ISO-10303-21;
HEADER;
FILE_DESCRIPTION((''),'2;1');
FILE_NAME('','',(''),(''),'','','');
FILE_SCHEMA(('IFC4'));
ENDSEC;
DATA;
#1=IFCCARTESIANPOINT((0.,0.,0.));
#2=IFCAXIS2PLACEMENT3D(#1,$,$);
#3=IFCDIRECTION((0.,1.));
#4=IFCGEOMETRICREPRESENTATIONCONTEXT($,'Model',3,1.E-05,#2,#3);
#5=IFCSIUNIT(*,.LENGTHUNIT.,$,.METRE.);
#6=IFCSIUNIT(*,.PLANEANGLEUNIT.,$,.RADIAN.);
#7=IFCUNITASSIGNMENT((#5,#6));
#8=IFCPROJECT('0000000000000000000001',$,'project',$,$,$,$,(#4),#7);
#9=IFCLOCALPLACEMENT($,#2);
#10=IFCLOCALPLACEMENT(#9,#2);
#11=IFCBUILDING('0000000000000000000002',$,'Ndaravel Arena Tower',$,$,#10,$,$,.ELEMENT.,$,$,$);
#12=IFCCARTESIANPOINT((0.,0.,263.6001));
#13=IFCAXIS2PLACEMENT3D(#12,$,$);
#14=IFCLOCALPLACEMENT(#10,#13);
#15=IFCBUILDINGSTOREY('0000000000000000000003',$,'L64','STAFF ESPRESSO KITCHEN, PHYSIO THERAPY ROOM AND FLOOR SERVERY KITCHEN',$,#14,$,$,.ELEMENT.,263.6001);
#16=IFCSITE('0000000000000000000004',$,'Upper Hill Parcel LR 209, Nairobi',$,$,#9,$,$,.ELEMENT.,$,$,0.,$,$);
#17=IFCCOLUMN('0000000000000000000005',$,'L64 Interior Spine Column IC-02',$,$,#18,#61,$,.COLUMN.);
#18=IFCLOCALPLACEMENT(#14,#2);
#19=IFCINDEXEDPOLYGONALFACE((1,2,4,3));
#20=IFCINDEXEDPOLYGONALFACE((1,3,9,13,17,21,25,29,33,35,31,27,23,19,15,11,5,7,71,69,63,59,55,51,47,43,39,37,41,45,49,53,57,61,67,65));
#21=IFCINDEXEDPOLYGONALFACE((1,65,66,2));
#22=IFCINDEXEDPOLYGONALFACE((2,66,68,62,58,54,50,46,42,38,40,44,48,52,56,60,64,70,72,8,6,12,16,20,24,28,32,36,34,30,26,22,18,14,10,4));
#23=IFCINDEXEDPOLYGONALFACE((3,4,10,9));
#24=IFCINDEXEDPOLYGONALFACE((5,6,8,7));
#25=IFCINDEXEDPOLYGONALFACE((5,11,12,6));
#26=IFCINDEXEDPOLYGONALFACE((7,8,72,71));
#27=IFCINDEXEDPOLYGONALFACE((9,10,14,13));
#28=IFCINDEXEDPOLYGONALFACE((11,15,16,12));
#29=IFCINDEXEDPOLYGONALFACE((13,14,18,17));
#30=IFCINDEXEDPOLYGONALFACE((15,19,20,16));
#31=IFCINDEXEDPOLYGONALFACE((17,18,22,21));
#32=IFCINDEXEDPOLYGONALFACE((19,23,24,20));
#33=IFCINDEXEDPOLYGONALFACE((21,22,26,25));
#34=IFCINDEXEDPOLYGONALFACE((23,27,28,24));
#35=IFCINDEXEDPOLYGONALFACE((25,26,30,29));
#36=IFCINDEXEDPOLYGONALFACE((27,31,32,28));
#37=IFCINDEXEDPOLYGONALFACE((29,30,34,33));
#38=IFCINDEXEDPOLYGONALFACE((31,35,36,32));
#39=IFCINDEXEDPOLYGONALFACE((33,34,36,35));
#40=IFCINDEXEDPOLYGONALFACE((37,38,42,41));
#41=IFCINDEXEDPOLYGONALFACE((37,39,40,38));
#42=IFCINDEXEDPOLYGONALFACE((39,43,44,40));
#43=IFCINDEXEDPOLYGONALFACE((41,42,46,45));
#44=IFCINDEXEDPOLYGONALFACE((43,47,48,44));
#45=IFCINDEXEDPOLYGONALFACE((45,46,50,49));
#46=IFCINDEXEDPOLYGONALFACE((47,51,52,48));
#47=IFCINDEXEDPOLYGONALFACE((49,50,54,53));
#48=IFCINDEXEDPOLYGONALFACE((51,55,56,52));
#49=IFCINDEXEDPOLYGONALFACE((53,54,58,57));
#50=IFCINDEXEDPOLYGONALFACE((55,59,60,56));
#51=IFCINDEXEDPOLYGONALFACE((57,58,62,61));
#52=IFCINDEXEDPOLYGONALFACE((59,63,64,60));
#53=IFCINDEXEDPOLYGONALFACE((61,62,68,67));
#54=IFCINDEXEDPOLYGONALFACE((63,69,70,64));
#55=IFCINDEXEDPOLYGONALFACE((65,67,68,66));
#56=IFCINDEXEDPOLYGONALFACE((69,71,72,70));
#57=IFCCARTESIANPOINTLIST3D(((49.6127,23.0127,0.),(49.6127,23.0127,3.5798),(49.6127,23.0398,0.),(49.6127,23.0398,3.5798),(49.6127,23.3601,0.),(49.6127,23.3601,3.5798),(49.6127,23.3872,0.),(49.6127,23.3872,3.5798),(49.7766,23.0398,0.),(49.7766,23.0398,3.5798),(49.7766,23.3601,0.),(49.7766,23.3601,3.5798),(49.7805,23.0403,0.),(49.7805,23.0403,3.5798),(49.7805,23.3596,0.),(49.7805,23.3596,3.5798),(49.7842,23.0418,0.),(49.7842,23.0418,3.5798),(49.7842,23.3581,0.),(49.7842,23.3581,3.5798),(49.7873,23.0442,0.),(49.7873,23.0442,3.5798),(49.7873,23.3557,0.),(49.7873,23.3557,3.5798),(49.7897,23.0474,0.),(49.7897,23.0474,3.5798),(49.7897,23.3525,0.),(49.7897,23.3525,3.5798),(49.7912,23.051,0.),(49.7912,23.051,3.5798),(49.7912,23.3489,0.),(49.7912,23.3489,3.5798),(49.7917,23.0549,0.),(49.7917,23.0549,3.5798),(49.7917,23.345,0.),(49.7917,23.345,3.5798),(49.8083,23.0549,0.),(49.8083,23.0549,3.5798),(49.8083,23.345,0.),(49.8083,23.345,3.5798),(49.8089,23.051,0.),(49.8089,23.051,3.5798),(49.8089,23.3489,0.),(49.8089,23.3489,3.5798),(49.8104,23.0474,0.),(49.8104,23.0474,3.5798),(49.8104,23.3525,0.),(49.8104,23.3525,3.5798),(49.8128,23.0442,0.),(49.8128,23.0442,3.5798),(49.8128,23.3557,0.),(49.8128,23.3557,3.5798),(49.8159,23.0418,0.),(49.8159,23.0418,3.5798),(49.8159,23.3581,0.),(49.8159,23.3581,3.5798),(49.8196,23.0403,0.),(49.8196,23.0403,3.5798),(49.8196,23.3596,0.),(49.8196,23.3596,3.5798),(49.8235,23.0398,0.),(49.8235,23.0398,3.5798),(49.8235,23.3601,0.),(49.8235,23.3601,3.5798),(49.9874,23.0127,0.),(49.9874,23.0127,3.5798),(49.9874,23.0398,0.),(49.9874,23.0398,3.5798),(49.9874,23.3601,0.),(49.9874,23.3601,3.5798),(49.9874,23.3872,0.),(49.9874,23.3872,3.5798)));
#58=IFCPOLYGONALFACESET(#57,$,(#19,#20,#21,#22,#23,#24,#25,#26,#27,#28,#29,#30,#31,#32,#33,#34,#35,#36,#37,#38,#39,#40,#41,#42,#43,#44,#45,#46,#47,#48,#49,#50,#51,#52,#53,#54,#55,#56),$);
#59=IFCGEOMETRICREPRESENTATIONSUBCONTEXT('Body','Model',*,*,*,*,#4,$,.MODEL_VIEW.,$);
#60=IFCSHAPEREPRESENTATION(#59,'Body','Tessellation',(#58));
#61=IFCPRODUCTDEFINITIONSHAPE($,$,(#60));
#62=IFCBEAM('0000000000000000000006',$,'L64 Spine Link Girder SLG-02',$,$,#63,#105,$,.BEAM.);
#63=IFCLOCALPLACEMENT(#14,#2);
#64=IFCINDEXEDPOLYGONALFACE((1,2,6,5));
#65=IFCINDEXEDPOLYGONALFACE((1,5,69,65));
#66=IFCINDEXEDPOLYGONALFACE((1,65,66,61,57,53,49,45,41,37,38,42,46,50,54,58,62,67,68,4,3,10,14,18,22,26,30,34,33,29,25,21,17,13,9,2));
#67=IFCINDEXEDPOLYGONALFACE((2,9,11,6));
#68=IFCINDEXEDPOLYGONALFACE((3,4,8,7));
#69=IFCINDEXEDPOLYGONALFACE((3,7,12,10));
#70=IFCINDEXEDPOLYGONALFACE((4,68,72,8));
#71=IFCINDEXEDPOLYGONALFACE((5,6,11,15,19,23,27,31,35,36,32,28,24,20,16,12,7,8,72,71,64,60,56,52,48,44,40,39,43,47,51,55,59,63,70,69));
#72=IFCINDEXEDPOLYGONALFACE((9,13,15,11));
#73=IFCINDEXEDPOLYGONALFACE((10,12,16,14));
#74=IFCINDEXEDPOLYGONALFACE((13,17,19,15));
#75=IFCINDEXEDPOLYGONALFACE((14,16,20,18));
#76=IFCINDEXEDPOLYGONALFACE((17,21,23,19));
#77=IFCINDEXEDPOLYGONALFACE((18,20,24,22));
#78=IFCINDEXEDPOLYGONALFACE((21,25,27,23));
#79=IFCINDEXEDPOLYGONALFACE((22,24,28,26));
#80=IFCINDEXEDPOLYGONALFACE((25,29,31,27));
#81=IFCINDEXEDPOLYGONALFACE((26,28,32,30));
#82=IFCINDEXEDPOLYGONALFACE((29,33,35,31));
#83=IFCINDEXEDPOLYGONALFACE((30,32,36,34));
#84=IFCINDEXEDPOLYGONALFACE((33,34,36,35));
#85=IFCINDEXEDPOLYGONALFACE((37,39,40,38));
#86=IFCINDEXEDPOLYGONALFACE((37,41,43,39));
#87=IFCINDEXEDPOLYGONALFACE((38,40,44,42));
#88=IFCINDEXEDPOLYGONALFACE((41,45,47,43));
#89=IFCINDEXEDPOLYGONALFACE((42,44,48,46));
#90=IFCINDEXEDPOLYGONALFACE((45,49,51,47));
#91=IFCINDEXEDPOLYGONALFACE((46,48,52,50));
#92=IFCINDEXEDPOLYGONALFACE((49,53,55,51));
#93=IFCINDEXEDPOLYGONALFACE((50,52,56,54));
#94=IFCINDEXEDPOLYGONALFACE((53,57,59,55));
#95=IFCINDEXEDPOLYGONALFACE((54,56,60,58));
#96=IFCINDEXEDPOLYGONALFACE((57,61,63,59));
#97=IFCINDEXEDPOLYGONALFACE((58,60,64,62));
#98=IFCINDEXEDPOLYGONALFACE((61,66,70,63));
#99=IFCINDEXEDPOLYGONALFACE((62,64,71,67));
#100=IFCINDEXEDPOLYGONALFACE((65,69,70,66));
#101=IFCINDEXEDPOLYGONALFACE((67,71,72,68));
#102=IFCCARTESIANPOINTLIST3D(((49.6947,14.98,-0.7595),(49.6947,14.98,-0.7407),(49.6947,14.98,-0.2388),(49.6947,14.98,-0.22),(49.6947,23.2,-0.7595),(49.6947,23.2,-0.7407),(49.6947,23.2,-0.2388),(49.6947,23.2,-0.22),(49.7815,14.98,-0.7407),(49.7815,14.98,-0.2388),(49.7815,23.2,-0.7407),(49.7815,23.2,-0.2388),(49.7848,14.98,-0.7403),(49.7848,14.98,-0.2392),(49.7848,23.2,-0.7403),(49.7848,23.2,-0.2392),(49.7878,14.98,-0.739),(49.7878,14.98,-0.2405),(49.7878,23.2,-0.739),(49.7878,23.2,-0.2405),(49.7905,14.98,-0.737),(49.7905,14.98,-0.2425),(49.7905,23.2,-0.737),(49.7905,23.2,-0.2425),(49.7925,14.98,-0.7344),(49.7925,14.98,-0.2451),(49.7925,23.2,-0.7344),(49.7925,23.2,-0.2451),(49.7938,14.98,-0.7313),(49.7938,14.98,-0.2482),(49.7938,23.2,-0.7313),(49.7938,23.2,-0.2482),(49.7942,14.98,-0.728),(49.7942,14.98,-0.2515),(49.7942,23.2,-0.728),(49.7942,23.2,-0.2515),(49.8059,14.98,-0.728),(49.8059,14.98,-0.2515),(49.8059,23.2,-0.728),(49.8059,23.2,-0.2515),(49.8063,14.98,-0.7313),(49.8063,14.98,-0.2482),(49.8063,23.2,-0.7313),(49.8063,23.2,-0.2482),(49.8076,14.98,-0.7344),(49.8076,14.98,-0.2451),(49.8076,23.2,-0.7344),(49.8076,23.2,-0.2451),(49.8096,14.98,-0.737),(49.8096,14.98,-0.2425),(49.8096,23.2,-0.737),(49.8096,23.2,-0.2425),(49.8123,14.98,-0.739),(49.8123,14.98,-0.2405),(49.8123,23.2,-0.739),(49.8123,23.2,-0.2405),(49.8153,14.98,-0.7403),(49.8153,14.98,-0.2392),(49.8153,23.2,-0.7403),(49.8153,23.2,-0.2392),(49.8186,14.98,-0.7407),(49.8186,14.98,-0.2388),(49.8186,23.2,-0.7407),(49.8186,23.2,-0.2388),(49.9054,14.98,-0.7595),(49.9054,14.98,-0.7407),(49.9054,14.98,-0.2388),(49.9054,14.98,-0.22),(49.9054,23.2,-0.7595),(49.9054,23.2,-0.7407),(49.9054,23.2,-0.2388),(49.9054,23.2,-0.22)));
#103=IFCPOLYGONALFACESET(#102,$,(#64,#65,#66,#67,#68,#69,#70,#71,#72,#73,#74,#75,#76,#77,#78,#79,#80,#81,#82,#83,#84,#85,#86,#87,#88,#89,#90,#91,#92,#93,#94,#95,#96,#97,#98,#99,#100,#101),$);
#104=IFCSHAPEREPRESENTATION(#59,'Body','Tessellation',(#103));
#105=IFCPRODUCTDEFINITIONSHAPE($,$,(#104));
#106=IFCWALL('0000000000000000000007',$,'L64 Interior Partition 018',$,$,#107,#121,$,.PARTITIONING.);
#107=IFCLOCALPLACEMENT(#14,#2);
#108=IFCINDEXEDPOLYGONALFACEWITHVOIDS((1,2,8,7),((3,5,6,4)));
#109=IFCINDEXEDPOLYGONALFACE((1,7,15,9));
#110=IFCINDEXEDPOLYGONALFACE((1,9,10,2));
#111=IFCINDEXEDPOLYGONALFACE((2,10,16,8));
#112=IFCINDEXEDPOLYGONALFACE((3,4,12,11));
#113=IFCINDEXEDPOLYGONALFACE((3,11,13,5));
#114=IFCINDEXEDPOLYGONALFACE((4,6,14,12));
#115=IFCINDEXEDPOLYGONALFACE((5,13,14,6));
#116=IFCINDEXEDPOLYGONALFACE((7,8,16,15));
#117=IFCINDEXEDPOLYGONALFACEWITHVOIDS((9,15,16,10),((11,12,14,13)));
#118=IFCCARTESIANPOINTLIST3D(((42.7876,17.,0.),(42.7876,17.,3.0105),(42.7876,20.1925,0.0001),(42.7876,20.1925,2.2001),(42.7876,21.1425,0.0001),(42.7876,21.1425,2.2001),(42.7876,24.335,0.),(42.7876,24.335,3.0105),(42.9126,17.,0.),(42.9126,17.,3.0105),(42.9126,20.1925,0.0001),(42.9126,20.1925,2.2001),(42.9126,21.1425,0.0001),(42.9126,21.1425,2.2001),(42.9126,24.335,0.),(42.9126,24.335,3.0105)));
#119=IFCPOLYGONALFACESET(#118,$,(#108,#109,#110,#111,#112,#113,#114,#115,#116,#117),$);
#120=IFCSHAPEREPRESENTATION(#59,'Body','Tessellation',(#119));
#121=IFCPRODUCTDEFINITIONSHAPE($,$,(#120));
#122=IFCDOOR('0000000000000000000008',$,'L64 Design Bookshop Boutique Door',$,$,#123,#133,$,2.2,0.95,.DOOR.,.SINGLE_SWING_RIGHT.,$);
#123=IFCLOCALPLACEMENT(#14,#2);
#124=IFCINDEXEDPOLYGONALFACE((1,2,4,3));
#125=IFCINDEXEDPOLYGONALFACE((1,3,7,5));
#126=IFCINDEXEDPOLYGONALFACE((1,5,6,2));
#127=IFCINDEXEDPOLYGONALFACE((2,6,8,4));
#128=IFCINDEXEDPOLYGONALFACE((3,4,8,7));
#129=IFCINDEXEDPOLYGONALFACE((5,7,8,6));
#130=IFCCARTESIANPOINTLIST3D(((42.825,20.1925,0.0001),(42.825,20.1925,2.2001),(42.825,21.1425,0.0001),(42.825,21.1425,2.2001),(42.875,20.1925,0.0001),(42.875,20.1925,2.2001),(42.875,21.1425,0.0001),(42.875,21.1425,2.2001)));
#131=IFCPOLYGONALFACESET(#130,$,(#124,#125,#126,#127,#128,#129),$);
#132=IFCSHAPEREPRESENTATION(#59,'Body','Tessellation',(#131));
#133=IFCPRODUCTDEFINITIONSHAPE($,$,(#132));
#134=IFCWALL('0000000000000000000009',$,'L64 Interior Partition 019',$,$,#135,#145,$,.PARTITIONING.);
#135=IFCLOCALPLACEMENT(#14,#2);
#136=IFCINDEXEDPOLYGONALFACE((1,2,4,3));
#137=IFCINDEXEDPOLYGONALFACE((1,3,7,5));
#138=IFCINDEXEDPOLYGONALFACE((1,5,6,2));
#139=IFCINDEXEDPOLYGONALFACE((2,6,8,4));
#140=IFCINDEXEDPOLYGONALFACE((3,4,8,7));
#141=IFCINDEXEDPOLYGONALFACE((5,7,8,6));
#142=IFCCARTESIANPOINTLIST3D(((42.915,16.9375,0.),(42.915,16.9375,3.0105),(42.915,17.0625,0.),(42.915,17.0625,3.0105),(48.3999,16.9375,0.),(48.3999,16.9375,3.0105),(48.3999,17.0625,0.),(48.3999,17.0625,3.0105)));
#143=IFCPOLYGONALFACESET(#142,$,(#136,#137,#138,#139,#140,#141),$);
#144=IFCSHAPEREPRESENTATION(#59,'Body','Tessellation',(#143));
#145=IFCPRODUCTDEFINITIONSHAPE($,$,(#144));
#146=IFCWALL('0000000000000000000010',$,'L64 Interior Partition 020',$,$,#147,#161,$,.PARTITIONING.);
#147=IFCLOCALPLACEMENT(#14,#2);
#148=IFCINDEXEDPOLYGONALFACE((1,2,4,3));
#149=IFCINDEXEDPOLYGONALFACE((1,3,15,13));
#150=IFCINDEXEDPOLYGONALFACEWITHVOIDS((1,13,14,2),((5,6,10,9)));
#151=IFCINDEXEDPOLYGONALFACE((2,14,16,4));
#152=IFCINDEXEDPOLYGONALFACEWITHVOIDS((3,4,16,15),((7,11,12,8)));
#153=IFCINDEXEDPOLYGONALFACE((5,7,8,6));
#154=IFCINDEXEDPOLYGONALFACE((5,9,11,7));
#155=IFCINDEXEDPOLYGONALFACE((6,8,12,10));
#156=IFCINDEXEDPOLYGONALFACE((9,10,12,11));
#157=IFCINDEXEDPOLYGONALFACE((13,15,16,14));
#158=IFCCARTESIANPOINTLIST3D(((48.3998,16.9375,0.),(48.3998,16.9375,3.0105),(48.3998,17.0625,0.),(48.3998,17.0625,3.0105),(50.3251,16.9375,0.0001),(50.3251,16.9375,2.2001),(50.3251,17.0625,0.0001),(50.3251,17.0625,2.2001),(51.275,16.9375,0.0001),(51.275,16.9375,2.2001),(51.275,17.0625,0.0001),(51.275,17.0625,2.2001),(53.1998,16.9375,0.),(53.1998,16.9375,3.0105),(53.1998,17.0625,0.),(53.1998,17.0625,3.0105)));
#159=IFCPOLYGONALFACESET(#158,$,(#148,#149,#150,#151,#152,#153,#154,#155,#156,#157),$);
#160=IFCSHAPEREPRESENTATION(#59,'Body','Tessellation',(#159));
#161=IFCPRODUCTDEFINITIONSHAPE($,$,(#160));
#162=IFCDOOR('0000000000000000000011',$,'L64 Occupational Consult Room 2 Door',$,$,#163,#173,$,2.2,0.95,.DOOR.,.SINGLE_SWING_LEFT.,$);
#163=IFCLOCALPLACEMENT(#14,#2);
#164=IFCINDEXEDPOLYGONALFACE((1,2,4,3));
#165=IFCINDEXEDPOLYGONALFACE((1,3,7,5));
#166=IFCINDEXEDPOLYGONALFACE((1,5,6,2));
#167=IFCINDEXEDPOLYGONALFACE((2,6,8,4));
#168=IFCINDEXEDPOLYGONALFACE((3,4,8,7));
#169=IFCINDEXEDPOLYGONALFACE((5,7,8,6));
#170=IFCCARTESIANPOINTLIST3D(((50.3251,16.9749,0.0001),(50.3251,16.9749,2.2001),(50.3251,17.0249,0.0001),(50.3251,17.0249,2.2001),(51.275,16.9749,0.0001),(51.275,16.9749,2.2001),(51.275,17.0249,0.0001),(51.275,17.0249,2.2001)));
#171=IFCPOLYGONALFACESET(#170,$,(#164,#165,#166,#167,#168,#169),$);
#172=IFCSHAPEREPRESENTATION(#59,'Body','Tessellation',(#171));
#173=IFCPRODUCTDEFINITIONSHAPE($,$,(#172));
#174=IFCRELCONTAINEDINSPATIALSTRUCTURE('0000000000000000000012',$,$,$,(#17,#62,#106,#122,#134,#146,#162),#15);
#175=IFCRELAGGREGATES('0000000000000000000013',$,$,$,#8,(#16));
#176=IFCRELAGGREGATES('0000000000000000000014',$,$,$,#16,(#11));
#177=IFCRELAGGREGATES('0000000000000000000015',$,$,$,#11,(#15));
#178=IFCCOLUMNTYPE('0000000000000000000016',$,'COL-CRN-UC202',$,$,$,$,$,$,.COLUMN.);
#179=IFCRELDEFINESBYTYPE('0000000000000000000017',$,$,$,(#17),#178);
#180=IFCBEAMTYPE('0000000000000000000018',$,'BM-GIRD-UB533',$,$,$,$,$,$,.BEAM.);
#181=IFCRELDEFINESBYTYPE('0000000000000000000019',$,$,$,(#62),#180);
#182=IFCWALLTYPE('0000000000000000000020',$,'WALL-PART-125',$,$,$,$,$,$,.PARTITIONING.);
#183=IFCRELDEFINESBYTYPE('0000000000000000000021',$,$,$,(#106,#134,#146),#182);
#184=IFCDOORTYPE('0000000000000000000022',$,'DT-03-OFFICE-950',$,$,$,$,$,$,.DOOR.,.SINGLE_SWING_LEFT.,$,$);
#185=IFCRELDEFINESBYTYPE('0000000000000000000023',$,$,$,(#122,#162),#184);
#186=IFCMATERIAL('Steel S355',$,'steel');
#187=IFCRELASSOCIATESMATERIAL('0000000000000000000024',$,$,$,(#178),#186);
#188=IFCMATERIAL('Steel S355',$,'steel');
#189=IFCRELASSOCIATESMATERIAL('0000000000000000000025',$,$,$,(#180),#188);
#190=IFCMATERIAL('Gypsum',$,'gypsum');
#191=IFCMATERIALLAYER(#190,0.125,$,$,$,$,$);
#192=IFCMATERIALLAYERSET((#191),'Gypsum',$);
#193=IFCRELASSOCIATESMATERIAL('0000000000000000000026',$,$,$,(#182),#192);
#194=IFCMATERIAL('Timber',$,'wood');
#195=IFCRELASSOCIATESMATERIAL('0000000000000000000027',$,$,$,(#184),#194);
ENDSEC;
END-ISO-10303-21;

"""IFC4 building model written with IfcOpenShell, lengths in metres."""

from ifc_helpers import new_model, si_unit, direction, frame, frame_2d, origin, origin_2d, place, context, subcontext, project, spatial, rectangle, i_section, extrude, material, layer, layer_set, material_profile, profile_set, type_object, element, fill, save


model = new_model("IFC4")

# Units and contexts
model_context = context("Model", 3, precision=1e-05, world=origin(), true_north=direction((0.0, 1.0)))
body_context = subcontext(model_context, "Body", "Model", "MODEL_VIEW")
ifc_project = project(units=[si_unit("LENGTHUNIT", "METRE"), si_unit("PLANEANGLEUNIT", "RADIAN")], contexts=[model_context])

# Site, building, storey
site_placement = place(None, origin())
site = spatial("IfcSite", under=ifc_project, at=site_placement, Name="Upper Hill Parcel LR 209, Nairobi", CompositionType="ELEMENT", RefElevation=0.0)
building_placement = place(site_placement, origin())
building = spatial("IfcBuilding", under=site, at=building_placement, Name="Ndaravel Arena Tower", CompositionType="ELEMENT")
storey_placement = place(building_placement, frame((0.0, 0.0, 263.6001)))
storey = spatial("IfcBuildingStorey", under=building, at=storey_placement, Name="L64", Description="STAFF ESPRESSO KITCHEN, PHYSIO THERAPY ROOM AND FLOOR SERVERY KITCHEN", CompositionType="ELEMENT", Elevation=263.6001)

# Column
ifc_material_1 = material(Name="Steel S355", Category="steel")
ifc_material_profile_1 = material_profile(ifc_material_1, i_section(OverallWidth=0.3748, OverallDepth=0.3745, WebThickness=0.0166, FlangeThickness=0.0271, FilletRadius=0.0151, at=origin_2d()), Name="UC 356x368x202")
ifc_profile_set_1 = profile_set([ifc_material_profile_1], Name="Steel S355")
column_type = type_object("IfcColumnType", Name="COL-CRN-UC202", PredefinedType="COLUMN", material=ifc_profile_set_1)
column_placement = place(storey_placement, frame((49.8, 23.2, 0.0), z_axis=(0.0, 0.0, 1.0), x_axis=(1.0, 0.0, 0.0)))
element("IfcColumn", 1, at=column_placement, inside=storey, type_object=column_type, Name="L64 Interior Spine Column IC-02", PredefinedType="COLUMN", context=body_context, shape_type="SweptSolid", body=[
    extrude(i_section(OverallWidth=0.3748, OverallDepth=0.3745, WebThickness=0.0166, FlangeThickness=0.0271, FilletRadius=0.0151, at=origin_2d()), origin(), (0.0, 0.0, 1.0), 3.5798),
])

# Beam
ifc_material_2 = material(Name="Steel S355", Category="steel")
ifc_material_profile_2 = material_profile(ifc_material_2, i_section(OverallWidth=0.2107, OverallDepth=0.5396, WebThickness=0.0117, FlangeThickness=0.0188, FilletRadius=0.0127, at=origin_2d()), Name="UB 533x210x109")
ifc_profile_set_2 = profile_set([ifc_material_profile_2], Name="Steel S355")
beam_type = type_object("IfcBeamType", Name="BM-GIRD-UB533", PredefinedType="BEAM", material=ifc_profile_set_2)
beam_placement = place(storey_placement, frame((49.8, 14.98, -0.4897), z_axis=(0.0, 1.0, 0.0), x_axis=(-1.0, 0.0, 0.0)))
element("IfcBeam", 2, at=beam_placement, inside=storey, type_object=beam_type, Name="L64 Spine Link Girder SLG-02", PredefinedType="BEAM", context=body_context, shape_type="SweptSolid", body=[
    extrude(i_section(OverallWidth=0.2107, OverallDepth=0.5396, WebThickness=0.0117, FlangeThickness=0.0188, FilletRadius=0.0127, at=origin_2d()), origin(), (0.0, 0.0, 1.0), 8.22),
])

# Wall, opening, door
ifc_material_3 = material(Name="Gypsum", Category="gypsum")
ifc_layer_1 = layer(ifc_material_3, 0.125)
ifc_layer_set_1 = layer_set([ifc_layer_1], Name="Gypsum")
wall_type_1 = type_object("IfcWallType", Name="WALL-PART-125", PredefinedType="PARTITIONING", material=ifc_layer_set_1)
wall_1_placement = place(storey_placement, frame((42.8501, 24.335, 0.0), z_axis=(0.0, 0.0, 1.0), x_axis=(0.0, -1.0, 0.0)))
wall_1 = element("IfcWall", 3, at=wall_1_placement, inside=storey, type_object=wall_type_1, Name="L64 Interior Partition 018", PredefinedType="PARTITIONING", context=body_context, shape_type="SweptSolid", body=[
    extrude(rectangle(XDim=7.335, YDim=0.125, at=frame_2d((3.6675, 0.0))), origin(), (0.0, 0.0, 1.0), 3.0105),
])
opening_1_placement = place(wall_1_placement, frame((3.1924, 0.0, 0.0)))
opening_1 = element("IfcOpeningElement", 4, at=opening_1_placement, cuts=wall_1, PredefinedType="OPENING", context=body_context, shape_type="SweptSolid", body=[
    extrude(rectangle(XDim=0.95, YDim=2.2, at=frame_2d((0.4751, 1.1001))), frame((0.0, 0.0625, 0.0), z_axis=(0.0, -1.0, 0.0), x_axis=(1.0, 0.0, 0.0)), (0.0, 0.0, 1.0), 0.125),
])
ifc_material_4 = material(Name="Timber", Category="wood")
door_type = type_object("IfcDoorType", Name="DT-03-OFFICE-950", OperationType="SINGLE_SWING_LEFT", PredefinedType="DOOR", material=ifc_material_4)
door_1_placement = place(opening_1_placement, origin())
door_1 = element("IfcDoor", 5, at=door_1_placement, inside=storey, type_object=door_type, Name="L64 Design Bookshop Boutique Door", OperationType="SINGLE_SWING_RIGHT", OverallHeight=2.2, OverallWidth=0.95, PredefinedType="DOOR", context=body_context, shape_type="SweptSolid", body=[
    extrude(rectangle(XDim=0.95, YDim=2.2, at=frame_2d((0.4751, 1.1001))), frame((0.0, 0.0249, 0.0), z_axis=(0.0, -1.0, 0.0), x_axis=(1.0, 0.0, 0.0)), (0.0, 0.0, 1.0), 0.05),
])
fill(opening_1, door_1)

# Wall
wall_2_placement = place(storey_placement, frame((42.915, 17.0, 0.0), z_axis=(0.0, 0.0, 1.0), x_axis=(1.0, 0.0, 0.0)))
element("IfcWall", 6, at=wall_2_placement, inside=storey, type_object=wall_type_1, Name="L64 Interior Partition 019", PredefinedType="PARTITIONING", context=body_context, shape_type="SweptSolid", body=[
    extrude(rectangle(XDim=5.4849, YDim=0.125, at=frame_2d((2.7424, 0.0))), origin(), (0.0, 0.0, 1.0), 3.0105),
])

# Wall, opening, door
wall_3_placement = place(storey_placement, frame((48.3999, 17.0, 0.0), z_axis=(0.0, 0.0, 1.0), x_axis=(1.0, 0.0, 0.0)))
wall_3 = element("IfcWall", 7, at=wall_3_placement, inside=storey, type_object=wall_type_1, Name="L64 Interior Partition 020", PredefinedType="PARTITIONING", context=body_context, shape_type="SweptSolid", body=[
    extrude(rectangle(XDim=4.8, YDim=0.125, at=frame_2d((2.3999, 0.0))), origin(), (0.0, 0.0, 1.0), 3.0105),
])
opening_2_placement = place(wall_3_placement, frame((1.925, 0.0, 0.0)))
opening_2 = element("IfcOpeningElement", 8, at=opening_2_placement, cuts=wall_3, PredefinedType="OPENING", context=body_context, shape_type="SweptSolid", body=[
    extrude(rectangle(XDim=0.95, YDim=2.2, at=frame_2d((0.4751, 1.1001))), frame((0.0, 0.0625, 0.0), z_axis=(0.0, -1.0, 0.0), x_axis=(1.0, 0.0, 0.0)), (0.0, 0.0, 1.0), 0.125),
])
door_2_placement = place(opening_2_placement, origin())
door_2 = element("IfcDoor", 9, at=door_2_placement, inside=storey, type_object=door_type, Name="L64 Occupational Consult Room 2 Door", OperationType="SINGLE_SWING_LEFT", OverallHeight=2.2, OverallWidth=0.95, PredefinedType="DOOR", context=body_context, shape_type="SweptSolid", body=[
    extrude(rectangle(XDim=0.95, YDim=2.2, at=frame_2d((0.4751, 1.1001))), frame((0.0, 0.0249, 0.0), z_axis=(0.0, -1.0, 0.0), x_axis=(1.0, 0.0, 0.0)), (0.0, 0.0, 1.0), 0.05),
])
fill(opening_2, door_2)

save(model, "model.ifc")
